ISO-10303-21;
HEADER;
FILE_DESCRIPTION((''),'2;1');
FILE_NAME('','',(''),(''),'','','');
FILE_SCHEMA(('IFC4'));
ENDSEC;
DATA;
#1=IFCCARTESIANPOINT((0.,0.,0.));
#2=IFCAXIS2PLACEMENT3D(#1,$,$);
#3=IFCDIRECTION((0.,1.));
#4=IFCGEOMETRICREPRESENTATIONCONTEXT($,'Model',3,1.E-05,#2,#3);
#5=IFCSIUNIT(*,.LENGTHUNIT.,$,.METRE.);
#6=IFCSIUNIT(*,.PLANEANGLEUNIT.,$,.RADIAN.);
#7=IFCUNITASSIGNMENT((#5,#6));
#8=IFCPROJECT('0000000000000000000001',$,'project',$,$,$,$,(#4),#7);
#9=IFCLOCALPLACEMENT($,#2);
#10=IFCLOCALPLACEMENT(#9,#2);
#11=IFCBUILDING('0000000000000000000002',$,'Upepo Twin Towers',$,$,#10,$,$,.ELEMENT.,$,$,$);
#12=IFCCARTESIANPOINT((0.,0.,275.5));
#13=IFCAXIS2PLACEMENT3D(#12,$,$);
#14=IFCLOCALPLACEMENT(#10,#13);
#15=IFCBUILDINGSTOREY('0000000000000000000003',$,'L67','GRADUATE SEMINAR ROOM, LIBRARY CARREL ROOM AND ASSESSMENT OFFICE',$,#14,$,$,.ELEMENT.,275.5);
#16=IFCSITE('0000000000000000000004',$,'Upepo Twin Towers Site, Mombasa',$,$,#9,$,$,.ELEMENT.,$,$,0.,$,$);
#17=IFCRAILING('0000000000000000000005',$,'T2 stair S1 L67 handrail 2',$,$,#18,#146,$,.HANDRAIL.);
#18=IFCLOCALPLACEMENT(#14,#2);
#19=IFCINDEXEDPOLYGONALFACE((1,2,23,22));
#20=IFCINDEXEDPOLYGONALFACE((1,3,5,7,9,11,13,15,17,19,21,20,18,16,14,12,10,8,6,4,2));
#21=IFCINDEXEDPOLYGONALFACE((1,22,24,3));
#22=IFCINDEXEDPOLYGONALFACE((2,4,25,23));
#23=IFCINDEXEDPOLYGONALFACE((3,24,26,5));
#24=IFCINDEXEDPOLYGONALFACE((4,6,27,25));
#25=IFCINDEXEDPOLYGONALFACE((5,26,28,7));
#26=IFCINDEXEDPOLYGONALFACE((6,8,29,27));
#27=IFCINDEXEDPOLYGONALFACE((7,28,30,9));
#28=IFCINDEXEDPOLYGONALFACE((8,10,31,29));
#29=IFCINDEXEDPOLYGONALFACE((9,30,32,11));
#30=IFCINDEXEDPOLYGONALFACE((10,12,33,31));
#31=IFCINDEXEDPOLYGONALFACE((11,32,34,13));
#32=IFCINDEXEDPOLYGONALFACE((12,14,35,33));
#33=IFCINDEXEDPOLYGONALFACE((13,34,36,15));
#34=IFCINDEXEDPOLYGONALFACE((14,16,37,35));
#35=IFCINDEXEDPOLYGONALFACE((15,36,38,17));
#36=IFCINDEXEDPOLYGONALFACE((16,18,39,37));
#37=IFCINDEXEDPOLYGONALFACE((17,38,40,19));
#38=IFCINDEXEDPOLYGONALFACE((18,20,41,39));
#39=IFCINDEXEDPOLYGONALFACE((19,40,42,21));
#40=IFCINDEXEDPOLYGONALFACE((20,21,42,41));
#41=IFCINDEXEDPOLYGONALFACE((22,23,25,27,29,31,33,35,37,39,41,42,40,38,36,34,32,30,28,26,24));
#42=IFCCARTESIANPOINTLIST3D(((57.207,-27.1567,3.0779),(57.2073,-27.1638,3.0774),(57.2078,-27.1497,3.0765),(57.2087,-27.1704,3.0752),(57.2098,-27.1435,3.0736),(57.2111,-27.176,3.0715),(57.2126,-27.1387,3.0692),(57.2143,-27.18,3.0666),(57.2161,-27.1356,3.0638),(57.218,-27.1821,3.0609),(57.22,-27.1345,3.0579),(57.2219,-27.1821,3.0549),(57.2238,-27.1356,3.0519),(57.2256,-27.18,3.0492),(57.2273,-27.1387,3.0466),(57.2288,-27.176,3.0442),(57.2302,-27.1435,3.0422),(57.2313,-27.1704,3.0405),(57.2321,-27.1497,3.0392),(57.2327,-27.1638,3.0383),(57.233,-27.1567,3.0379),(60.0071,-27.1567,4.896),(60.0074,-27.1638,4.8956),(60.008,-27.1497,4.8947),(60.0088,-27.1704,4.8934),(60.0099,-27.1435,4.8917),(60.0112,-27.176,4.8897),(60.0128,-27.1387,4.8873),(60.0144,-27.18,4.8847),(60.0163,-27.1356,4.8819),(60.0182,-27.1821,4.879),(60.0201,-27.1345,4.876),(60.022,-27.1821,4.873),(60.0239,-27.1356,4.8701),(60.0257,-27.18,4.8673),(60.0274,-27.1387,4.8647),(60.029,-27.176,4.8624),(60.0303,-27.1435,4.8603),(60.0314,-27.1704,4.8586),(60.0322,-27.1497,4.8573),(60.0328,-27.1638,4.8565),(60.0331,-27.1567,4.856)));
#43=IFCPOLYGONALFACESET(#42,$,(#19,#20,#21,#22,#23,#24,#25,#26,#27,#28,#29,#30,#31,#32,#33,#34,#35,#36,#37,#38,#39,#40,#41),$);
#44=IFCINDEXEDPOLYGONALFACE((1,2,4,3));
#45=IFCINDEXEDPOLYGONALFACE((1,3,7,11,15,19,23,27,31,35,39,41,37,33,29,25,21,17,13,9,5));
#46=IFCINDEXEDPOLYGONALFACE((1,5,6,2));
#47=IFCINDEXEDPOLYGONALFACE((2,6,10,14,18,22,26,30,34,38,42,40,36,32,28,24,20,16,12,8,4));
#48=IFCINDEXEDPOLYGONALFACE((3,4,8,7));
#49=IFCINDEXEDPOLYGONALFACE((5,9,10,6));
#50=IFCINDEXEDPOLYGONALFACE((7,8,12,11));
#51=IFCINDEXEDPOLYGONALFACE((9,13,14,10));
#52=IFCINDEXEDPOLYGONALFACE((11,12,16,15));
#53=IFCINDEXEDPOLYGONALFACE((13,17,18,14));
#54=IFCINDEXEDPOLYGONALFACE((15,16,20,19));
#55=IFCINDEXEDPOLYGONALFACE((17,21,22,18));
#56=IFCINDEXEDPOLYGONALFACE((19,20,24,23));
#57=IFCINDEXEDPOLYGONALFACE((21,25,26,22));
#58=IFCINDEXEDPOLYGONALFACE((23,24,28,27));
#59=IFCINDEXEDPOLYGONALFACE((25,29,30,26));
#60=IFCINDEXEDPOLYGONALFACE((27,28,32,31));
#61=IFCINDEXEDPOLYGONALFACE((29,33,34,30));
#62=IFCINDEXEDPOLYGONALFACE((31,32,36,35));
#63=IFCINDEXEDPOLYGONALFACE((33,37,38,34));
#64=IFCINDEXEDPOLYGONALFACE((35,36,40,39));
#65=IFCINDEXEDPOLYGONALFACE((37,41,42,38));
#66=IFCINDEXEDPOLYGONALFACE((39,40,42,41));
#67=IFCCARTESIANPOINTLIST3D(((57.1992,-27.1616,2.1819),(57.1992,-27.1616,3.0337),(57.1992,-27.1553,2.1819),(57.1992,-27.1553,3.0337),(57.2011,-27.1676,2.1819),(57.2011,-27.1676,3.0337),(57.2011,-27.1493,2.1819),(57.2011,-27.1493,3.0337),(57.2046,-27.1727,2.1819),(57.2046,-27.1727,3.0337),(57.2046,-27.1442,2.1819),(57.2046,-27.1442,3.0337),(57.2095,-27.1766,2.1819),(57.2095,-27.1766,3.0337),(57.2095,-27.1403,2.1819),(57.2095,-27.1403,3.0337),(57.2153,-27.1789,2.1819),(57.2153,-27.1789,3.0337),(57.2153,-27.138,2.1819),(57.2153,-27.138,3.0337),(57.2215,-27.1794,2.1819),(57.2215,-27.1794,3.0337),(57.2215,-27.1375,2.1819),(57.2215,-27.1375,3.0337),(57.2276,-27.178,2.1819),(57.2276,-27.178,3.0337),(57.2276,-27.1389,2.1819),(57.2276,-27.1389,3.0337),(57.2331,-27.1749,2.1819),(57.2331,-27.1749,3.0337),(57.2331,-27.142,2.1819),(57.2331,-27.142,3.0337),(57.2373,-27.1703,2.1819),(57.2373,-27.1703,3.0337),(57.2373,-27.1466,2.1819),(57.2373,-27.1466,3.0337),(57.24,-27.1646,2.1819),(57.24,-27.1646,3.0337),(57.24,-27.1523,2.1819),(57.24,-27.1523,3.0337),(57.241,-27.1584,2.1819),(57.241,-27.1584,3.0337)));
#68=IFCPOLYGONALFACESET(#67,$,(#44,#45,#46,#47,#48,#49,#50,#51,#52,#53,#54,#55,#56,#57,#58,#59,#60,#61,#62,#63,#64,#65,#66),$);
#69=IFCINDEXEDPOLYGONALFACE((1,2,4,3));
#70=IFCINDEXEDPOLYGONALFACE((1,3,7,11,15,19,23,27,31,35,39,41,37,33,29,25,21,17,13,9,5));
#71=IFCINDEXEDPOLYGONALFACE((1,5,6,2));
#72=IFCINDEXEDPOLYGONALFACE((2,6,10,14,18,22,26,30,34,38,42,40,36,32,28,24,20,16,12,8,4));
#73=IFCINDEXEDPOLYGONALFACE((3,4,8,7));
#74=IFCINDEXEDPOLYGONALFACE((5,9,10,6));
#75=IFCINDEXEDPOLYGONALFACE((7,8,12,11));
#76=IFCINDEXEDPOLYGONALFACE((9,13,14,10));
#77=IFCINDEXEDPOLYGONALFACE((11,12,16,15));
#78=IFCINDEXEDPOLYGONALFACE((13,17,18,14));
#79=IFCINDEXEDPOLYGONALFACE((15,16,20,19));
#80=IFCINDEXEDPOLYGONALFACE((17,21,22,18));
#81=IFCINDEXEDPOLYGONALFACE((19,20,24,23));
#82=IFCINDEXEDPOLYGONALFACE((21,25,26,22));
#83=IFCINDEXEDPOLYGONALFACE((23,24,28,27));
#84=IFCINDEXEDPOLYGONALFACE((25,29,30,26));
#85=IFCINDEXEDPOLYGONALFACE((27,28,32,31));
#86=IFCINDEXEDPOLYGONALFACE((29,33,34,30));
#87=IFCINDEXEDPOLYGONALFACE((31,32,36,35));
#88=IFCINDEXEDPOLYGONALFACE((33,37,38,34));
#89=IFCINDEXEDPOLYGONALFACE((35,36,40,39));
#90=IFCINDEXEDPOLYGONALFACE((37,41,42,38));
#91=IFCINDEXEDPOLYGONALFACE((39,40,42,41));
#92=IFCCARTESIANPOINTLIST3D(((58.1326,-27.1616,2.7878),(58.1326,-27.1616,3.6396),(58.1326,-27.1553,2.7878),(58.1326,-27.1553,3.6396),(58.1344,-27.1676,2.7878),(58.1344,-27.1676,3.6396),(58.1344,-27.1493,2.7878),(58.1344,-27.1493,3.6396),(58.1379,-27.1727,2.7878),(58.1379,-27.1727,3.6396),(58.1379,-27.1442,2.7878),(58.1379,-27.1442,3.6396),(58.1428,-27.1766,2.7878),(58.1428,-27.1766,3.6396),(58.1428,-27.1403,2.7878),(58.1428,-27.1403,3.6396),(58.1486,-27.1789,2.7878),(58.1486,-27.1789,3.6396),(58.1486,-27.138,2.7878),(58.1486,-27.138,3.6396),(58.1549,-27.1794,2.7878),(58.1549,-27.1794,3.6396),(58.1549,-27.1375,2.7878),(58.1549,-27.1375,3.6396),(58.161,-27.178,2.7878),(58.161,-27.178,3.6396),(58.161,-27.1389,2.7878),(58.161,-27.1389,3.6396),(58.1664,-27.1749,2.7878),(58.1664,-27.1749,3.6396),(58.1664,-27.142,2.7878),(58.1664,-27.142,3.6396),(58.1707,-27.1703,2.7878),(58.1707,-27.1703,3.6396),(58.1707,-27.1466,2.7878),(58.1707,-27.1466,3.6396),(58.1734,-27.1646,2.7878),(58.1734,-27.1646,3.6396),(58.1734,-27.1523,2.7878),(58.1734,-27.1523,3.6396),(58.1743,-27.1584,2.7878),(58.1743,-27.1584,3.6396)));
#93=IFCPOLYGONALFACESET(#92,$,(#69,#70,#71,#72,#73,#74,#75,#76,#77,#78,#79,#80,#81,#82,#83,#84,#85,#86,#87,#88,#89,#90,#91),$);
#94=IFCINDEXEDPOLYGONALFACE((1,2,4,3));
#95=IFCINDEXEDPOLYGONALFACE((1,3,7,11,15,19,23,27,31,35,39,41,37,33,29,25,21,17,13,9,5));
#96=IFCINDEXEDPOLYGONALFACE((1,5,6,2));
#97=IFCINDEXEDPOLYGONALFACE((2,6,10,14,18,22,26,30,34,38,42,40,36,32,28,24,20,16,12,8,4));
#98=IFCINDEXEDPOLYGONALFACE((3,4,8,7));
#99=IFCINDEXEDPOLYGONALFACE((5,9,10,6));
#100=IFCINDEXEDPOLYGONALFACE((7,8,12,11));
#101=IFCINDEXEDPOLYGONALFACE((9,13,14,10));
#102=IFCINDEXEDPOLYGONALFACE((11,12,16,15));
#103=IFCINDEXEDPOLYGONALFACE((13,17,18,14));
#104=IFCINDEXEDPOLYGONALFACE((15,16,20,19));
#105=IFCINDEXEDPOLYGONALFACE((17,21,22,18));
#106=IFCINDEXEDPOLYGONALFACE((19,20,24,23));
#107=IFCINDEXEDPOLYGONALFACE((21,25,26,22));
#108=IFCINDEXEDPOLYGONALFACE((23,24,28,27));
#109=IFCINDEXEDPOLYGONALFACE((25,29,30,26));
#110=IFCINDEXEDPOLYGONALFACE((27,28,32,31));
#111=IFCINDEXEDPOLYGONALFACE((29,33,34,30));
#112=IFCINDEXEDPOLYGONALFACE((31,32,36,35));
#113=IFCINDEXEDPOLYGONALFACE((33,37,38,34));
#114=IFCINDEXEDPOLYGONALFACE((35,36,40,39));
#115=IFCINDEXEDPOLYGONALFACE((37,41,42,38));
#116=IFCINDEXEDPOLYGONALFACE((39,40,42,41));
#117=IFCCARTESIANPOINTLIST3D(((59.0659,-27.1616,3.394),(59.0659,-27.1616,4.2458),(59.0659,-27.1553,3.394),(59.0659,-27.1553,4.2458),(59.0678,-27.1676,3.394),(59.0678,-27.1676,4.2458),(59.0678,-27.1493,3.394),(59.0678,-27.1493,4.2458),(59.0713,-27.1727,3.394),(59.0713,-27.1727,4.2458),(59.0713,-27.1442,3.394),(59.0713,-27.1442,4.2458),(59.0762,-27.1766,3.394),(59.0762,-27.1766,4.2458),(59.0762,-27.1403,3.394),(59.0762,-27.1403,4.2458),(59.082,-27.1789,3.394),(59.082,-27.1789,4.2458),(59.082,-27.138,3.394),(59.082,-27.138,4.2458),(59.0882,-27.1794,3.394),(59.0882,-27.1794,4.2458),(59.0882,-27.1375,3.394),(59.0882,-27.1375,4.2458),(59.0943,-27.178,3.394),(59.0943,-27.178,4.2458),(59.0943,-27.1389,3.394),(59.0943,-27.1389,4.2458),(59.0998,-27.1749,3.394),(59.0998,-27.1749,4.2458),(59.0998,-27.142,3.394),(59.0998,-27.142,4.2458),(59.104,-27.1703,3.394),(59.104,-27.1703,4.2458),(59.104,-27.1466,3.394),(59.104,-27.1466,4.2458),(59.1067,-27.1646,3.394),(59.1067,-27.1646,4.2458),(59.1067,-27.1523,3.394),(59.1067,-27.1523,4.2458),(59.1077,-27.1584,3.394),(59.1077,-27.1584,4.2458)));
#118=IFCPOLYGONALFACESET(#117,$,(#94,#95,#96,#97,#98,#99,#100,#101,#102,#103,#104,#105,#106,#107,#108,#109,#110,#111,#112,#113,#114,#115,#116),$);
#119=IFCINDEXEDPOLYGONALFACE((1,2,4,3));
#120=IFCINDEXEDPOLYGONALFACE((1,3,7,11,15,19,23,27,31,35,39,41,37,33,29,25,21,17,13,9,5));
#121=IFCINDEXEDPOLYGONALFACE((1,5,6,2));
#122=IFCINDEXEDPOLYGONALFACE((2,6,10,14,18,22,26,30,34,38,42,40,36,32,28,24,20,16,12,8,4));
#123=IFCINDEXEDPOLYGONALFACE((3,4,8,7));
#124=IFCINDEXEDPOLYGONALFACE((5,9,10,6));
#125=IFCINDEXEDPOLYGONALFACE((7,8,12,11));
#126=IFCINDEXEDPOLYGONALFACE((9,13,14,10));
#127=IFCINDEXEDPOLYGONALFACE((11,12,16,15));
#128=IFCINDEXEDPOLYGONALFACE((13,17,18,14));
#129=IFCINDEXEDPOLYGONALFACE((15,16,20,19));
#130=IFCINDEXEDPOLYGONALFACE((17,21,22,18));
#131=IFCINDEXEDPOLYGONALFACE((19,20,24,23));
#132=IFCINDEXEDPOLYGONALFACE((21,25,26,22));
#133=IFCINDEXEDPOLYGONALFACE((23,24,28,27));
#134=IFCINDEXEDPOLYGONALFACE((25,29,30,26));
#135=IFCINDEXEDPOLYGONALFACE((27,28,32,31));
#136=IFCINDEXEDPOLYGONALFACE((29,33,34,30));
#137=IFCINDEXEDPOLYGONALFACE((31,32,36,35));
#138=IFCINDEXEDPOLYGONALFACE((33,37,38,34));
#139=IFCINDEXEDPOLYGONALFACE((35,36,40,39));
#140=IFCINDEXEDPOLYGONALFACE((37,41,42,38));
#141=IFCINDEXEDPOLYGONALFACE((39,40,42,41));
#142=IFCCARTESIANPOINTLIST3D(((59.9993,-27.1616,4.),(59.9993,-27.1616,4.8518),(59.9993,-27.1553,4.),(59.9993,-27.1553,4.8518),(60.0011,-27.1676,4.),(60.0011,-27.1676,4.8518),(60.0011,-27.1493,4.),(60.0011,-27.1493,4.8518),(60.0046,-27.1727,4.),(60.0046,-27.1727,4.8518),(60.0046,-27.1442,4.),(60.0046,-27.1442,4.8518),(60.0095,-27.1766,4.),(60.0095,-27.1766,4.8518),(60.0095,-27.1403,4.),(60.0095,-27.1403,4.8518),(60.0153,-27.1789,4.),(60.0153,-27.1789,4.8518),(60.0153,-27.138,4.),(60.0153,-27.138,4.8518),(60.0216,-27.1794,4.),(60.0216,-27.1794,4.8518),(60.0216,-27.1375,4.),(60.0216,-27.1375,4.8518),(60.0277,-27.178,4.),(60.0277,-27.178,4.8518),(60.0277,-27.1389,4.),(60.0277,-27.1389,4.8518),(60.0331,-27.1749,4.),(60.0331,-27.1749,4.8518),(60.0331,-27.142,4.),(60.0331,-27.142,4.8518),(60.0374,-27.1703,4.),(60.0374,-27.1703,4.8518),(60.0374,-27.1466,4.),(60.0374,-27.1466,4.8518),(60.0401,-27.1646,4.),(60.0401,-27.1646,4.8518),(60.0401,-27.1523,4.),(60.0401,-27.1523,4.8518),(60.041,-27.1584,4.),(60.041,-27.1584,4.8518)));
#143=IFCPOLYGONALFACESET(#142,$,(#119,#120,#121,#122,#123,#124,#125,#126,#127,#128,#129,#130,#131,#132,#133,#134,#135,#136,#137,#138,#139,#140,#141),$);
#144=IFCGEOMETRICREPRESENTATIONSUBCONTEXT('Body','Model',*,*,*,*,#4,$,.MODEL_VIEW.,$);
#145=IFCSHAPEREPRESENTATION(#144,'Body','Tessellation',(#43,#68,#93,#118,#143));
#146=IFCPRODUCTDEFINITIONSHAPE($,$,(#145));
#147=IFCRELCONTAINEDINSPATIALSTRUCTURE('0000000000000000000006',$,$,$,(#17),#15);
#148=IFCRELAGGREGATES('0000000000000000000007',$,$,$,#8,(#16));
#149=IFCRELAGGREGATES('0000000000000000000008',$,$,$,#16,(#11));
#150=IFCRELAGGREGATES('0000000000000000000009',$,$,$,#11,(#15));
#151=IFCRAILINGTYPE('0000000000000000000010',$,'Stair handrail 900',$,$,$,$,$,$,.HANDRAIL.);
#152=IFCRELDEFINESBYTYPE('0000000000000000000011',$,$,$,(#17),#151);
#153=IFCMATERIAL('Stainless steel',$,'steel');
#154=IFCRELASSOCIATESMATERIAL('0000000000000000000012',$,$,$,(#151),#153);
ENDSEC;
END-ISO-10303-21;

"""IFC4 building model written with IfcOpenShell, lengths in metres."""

from ifc_helpers import new_model, si_unit, direction, frame, origin, origin_2d, place, context, subcontext, project, spatial, circle, extrude, material, type_object, element, save


model = new_model("IFC4")

# Units and contexts
model_context = context("Model", 3, precision=1e-05, world=origin(), true_north=direction((0.0, 1.0)))
body_context = subcontext(model_context, "Body", "Model", "MODEL_VIEW")
ifc_project = project(units=[si_unit("LENGTHUNIT", "METRE"), si_unit("PLANEANGLEUNIT", "RADIAN")], contexts=[model_context])

# Site, building, storey
site_placement = place(None, origin())
site = spatial("IfcSite", under=ifc_project, at=site_placement, Name="Upepo Twin Towers Site, Mombasa", CompositionType="ELEMENT", RefElevation=0.0)
building_placement = place(site_placement, origin())
building = spatial("IfcBuilding", under=site, at=building_placement, Name="Upepo Twin Towers", CompositionType="ELEMENT")
storey_placement = place(building_placement, frame((0.0, 0.0, 275.5)))
storey = spatial("IfcBuildingStorey", under=building, at=storey_placement, Name="L67", Description="GRADUATE SEMINAR ROOM, LIBRARY CARREL ROOM AND ASSESSMENT OFFICE", CompositionType="ELEMENT", Elevation=275.5)

# Railing
ifc_material_1 = material(Name="Stainless steel", Category="steel")
railing_type = type_object("IfcRailingType", Name="Stair handrail 900", PredefinedType="HANDRAIL", material=ifc_material_1)
railing_1_placement = place(storey_placement, frame((57.22, -27.1584, 2.1819)))
element("IfcRailing", 1, at=railing_1_placement, inside=storey, type_object=railing_type, Name="T2 stair S1 L67 handrail 2", PredefinedType="HANDRAIL", context=body_context, shape_type="SweptSolid", body=[
    extrude(circle(Radius=0.0239, at=origin_2d()), frame((0.0, 0.0, 0.876), z_axis=(0.838706, 0.0, 0.544585), x_axis=(0.0, 1.0, 0.0)), (0.0, 0.0, 1.0), 3.3386),
    extrude(circle(Radius=0.021, at=origin_2d()), origin(), (0.0, 0.0, 1.0), 0.8518),
    extrude(circle(Radius=0.021, at=origin_2d()), frame((0.9333, 0.0, 0.606)), (0.0, 0.0, 1.0), 0.8518),
    extrude(circle(Radius=0.021, at=origin_2d()), frame((1.8667, 0.0, 1.2122)), (0.0, 0.0, 1.0), 0.8518),
    extrude(circle(Radius=0.021, at=origin_2d()), frame((2.8, 0.0, 1.8181)), (0.0, 0.0, 1.0), 0.8518),
])

save(model, "model.ifc")
